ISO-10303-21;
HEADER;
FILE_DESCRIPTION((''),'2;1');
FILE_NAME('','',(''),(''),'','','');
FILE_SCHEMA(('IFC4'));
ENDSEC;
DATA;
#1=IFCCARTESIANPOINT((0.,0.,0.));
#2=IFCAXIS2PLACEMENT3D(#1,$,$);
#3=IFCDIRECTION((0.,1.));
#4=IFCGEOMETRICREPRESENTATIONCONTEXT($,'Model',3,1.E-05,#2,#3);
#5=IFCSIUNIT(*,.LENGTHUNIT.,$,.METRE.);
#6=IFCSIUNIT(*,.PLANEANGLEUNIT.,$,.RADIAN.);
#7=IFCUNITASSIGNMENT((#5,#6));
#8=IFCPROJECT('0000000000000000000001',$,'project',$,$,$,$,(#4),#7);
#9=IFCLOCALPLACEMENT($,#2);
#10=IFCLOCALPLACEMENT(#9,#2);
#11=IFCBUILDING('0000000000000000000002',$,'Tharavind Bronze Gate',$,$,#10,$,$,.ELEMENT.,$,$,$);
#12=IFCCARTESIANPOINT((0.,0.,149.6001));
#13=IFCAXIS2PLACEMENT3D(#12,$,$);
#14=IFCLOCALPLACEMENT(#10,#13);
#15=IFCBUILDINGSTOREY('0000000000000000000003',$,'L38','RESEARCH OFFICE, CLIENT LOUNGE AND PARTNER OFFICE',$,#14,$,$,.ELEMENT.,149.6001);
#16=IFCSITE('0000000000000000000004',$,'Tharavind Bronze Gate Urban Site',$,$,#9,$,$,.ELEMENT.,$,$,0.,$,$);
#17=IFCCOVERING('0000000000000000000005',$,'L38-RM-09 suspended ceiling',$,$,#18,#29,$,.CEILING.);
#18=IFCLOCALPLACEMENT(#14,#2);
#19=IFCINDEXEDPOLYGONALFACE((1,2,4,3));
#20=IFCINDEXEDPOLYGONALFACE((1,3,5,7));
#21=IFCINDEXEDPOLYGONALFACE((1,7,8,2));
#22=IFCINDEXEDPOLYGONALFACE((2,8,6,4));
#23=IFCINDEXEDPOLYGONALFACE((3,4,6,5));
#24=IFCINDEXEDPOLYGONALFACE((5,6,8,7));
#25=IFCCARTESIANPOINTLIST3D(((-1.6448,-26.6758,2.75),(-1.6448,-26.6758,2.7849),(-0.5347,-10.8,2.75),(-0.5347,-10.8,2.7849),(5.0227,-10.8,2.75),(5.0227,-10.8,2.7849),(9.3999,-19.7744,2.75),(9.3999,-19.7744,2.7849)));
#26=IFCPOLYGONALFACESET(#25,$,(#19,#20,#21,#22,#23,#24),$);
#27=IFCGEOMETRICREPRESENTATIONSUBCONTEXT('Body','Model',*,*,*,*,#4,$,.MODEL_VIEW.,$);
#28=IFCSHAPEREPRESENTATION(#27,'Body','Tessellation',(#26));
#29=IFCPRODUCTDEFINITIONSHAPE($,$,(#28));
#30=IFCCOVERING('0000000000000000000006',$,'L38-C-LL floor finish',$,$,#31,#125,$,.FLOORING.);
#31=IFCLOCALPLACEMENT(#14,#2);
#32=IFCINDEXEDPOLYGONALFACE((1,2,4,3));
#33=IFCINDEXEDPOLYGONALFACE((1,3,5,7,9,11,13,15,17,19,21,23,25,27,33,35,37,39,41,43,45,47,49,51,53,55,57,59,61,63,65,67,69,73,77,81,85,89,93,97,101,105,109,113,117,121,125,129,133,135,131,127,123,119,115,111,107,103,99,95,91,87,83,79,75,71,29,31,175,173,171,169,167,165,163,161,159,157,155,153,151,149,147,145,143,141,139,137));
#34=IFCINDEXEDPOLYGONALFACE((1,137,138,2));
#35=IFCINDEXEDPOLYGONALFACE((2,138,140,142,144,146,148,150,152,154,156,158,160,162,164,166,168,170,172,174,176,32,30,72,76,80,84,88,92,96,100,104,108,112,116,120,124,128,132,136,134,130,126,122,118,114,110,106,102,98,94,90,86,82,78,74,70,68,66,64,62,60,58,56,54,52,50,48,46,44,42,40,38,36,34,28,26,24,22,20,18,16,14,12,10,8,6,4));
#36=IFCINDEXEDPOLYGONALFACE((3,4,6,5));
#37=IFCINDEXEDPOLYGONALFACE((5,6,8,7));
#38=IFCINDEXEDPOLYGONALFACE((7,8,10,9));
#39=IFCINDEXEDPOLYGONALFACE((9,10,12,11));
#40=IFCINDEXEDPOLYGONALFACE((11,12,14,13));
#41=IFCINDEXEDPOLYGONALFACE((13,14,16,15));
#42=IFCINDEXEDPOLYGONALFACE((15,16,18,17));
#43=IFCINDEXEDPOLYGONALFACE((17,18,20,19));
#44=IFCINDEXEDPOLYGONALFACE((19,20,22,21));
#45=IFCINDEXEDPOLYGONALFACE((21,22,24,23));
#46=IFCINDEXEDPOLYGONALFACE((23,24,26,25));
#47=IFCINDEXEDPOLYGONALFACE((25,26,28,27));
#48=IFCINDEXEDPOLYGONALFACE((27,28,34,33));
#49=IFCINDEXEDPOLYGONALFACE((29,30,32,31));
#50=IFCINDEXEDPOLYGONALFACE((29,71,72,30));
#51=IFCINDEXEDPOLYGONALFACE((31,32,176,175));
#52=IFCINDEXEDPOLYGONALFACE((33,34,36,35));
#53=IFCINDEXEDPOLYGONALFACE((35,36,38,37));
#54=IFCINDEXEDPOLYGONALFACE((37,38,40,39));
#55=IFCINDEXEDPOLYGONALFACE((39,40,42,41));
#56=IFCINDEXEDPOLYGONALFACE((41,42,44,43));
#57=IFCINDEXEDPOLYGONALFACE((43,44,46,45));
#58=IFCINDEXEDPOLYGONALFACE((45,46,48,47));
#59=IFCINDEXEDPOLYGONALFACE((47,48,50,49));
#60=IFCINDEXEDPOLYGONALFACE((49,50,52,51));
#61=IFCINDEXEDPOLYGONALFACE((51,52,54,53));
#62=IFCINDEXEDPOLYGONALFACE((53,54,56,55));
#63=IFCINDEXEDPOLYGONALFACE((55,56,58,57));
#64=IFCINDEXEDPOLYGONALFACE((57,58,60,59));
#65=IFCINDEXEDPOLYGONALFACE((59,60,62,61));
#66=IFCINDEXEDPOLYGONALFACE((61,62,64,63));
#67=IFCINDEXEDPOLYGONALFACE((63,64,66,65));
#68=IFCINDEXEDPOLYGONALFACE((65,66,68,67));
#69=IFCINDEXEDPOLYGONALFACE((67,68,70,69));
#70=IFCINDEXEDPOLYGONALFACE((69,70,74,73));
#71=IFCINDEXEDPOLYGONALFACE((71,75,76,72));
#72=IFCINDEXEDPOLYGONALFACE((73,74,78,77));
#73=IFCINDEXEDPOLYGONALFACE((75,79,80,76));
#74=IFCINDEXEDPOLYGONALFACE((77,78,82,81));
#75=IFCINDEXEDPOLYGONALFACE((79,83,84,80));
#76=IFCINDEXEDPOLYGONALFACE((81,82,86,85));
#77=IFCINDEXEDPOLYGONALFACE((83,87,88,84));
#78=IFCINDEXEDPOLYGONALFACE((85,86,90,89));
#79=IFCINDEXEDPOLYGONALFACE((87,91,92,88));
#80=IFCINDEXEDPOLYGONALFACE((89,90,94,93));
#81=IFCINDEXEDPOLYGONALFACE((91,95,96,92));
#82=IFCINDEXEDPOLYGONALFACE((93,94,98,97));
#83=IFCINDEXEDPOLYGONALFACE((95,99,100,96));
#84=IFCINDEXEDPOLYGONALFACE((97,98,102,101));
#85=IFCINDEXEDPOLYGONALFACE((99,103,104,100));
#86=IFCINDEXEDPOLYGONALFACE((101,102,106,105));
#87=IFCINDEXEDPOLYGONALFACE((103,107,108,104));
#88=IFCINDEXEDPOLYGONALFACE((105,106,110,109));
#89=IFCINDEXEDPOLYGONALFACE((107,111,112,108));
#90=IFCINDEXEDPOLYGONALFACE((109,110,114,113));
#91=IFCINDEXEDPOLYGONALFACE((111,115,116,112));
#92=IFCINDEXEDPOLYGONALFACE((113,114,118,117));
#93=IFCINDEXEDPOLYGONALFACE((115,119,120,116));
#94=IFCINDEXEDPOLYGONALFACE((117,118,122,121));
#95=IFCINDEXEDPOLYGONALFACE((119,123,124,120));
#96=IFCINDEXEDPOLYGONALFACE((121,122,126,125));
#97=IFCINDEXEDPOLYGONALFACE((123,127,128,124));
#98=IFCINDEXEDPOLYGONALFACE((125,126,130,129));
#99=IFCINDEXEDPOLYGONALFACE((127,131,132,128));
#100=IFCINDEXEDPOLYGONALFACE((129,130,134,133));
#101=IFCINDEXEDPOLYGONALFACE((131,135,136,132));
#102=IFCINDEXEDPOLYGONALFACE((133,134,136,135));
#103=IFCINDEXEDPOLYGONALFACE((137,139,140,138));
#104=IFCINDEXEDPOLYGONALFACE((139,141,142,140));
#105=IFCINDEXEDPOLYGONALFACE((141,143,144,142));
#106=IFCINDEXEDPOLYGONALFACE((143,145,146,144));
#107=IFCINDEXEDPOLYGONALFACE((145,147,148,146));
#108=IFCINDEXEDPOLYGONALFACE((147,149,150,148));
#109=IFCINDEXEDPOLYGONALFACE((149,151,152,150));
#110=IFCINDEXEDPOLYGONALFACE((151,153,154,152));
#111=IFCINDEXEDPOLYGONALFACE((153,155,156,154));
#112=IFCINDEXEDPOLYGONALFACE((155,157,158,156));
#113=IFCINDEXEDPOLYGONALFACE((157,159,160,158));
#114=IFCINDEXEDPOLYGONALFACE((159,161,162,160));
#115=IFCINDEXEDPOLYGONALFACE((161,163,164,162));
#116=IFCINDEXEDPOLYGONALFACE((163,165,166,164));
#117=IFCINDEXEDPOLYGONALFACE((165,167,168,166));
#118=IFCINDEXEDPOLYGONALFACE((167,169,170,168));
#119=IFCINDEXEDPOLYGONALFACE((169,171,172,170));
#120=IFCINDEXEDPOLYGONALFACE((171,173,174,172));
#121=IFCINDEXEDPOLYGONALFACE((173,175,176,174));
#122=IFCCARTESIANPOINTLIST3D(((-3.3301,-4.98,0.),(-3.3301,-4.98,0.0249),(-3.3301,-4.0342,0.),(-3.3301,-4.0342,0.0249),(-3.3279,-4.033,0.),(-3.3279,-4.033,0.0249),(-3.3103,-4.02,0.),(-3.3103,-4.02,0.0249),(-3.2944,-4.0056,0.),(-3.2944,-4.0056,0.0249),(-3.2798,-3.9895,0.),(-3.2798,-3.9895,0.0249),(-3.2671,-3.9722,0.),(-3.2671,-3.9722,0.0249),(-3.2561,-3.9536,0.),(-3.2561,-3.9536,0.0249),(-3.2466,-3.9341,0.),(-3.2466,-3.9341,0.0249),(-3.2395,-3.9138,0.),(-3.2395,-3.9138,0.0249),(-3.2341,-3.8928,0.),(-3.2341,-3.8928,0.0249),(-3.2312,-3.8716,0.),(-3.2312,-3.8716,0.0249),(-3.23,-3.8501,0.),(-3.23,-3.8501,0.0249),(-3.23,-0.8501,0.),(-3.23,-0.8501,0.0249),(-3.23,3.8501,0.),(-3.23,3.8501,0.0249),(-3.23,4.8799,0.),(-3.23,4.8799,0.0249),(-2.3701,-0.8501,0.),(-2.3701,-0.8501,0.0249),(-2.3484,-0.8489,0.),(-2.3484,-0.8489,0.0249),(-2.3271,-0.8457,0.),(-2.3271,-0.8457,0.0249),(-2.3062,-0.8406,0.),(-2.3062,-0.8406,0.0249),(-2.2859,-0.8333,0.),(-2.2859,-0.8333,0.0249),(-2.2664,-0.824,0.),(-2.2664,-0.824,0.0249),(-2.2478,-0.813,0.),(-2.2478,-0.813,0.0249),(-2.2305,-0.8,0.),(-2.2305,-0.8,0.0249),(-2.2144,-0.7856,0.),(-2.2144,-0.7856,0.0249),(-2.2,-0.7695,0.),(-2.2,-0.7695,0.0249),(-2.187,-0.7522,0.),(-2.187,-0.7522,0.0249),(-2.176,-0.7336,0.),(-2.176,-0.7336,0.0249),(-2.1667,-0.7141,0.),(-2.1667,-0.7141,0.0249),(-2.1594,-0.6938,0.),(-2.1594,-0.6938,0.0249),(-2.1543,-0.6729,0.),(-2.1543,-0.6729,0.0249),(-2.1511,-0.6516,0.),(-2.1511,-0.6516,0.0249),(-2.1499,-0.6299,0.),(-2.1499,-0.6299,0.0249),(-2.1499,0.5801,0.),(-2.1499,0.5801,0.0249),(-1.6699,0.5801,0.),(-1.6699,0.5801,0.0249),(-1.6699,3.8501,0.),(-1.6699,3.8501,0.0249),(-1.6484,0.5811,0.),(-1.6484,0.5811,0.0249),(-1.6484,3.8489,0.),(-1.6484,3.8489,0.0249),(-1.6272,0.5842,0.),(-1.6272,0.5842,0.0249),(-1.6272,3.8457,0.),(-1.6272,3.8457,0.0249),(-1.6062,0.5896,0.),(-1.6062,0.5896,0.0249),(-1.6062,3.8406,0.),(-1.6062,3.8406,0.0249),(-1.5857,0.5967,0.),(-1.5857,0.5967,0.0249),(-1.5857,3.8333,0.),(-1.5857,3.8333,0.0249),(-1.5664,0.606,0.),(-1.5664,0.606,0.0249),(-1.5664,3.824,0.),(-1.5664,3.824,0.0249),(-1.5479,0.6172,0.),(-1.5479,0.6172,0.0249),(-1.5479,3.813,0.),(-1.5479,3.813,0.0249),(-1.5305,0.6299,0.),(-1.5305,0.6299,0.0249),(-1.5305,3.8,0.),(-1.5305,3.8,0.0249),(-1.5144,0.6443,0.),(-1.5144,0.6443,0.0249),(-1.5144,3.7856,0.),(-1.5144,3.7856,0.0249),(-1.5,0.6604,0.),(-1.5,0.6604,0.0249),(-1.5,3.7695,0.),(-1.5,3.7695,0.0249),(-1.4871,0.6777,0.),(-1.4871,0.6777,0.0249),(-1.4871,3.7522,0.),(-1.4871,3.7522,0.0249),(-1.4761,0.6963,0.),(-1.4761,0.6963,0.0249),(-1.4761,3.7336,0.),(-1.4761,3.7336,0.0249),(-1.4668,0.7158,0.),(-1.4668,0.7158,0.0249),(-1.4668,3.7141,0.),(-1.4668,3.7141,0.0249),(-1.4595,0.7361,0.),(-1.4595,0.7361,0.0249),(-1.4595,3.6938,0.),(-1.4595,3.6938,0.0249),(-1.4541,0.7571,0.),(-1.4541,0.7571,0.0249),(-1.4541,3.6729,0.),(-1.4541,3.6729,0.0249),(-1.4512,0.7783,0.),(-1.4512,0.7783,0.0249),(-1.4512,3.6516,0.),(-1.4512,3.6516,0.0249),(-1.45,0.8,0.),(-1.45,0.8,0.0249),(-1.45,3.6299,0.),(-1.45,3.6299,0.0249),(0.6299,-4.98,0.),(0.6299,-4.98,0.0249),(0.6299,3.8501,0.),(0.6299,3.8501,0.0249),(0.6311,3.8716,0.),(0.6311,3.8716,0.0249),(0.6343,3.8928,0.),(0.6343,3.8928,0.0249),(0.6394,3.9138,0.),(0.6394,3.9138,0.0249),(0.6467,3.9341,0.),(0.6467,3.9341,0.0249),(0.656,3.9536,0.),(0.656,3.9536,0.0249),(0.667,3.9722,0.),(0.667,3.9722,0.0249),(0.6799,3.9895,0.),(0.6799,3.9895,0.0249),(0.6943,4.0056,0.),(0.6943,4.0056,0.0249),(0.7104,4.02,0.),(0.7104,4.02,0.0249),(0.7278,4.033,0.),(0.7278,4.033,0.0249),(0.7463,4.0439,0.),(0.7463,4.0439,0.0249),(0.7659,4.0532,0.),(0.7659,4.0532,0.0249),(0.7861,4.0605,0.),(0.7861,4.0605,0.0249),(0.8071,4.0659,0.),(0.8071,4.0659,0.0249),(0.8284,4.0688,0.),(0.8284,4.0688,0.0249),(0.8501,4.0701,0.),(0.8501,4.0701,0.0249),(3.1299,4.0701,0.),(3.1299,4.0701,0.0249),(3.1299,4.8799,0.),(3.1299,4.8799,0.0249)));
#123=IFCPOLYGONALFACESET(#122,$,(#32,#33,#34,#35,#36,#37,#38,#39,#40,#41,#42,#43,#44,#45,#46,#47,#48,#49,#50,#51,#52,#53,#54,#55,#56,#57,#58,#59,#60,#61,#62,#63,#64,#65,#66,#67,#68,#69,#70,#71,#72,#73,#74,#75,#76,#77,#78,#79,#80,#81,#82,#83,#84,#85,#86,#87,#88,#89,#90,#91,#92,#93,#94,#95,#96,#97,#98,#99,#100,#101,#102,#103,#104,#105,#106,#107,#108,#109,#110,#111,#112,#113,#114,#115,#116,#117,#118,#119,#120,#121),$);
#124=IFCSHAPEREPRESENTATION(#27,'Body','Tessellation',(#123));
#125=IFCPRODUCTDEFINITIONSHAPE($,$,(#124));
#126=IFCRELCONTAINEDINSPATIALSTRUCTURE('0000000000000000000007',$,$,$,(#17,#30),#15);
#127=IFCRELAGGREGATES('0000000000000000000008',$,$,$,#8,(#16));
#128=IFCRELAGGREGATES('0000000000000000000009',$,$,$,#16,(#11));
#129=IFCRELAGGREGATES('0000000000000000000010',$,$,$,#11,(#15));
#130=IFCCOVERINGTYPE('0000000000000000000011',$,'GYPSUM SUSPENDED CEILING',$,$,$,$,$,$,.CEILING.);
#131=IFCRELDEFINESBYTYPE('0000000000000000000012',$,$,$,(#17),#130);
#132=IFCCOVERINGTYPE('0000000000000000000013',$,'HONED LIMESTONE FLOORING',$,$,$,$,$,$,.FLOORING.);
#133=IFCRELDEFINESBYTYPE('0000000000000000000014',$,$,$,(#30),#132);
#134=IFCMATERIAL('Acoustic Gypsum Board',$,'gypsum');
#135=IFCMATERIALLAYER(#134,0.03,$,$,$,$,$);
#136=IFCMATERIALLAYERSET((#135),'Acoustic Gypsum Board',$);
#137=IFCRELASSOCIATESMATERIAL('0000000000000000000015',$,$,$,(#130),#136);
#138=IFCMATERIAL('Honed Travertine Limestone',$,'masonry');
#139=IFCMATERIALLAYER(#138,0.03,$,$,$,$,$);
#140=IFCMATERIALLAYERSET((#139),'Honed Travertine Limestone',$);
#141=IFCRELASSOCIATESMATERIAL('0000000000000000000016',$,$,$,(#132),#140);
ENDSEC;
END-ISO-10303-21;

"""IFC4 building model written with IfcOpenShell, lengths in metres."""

from ifc_helpers import new_model, si_unit, direction, frame, origin, place, context, subcontext, project, spatial, polyline, outline, extrude, material, layer, layer_set, type_object, element, save


model = new_model("IFC4")

# Units and contexts
model_context = context("Model", 3, precision=1e-05, world=origin(), true_north=direction((0.0, 1.0)))
body_context = subcontext(model_context, "Body", "Model", "MODEL_VIEW")
ifc_project = project(units=[si_unit("LENGTHUNIT", "METRE"), si_unit("PLANEANGLEUNIT", "RADIAN")], contexts=[model_context])

# Site, building, storey
site_placement = place(None, origin())
site = spatial("IfcSite", under=ifc_project, at=site_placement, Name="Tharavind Bronze Gate Urban Site", CompositionType="ELEMENT", RefElevation=0.0)
building_placement = place(site_placement, origin())
building = spatial("IfcBuilding", under=site, at=building_placement, Name="Tharavind Bronze Gate", CompositionType="ELEMENT")
storey_placement = place(building_placement, frame((0.0, 0.0, 149.6001)))
storey = spatial("IfcBuildingStorey", under=building, at=storey_placement, Name="L38", Description="RESEARCH OFFICE, CLIENT LOUNGE AND PARTNER OFFICE", CompositionType="ELEMENT", Elevation=149.6001)

# Coverings
ifc_material_1 = material(Name="Acoustic Gypsum Board", Category="gypsum")
ifc_layer_1 = layer(ifc_material_1, 0.03)
ifc_layer_set_1 = layer_set([ifc_layer_1], Name="Acoustic Gypsum Board")
covering_type_1 = type_object("IfcCoveringType", Name="GYPSUM SUSPENDED CEILING", PredefinedType="CEILING", material=ifc_layer_set_1)
covering_1_placement = place(storey_placement, frame((0.0, 0.0, 2.75)))
element("IfcCovering", 1, at=covering_1_placement, inside=storey, type_object=covering_type_1, Name="L38-RM-09 suspended ceiling", PredefinedType="CEILING", context=body_context, shape_type="SweptSolid", body=[
    extrude(outline(polyline([(9.3999, -19.7744), (5.0227, -10.8), (-0.5347, -10.8), (-1.6448, -26.6758), (9.3999, -19.7744)])), origin(), (0.0, 0.0, 1.0), 0.0349),
])
ifc_material_2 = material(Name="Honed Travertine Limestone", Category="masonry")
ifc_layer_2 = layer(ifc_material_2, 0.03)
ifc_layer_set_2 = layer_set([ifc_layer_2], Name="Honed Travertine Limestone")
covering_type_2 = type_object("IfcCoveringType", Name="HONED LIMESTONE FLOORING", PredefinedType="FLOORING", material=ifc_layer_set_2)
covering_2_placement = place(storey_placement, origin())
element("IfcCovering", 2, at=covering_2_placement, inside=storey, type_object=covering_type_2, Name="L38-C-LL floor finish", PredefinedType="FLOORING", context=body_context, shape_type="SweptSolid", body=[
    extrude(outline(polyline([(-3.3301, -4.98), (0.6299, -4.98), (0.6299, 3.8501), (0.6311, 3.8716), (0.6343, 3.8928), (0.6394, 3.9138), (0.6467, 3.9341), (0.656, 3.9536), (0.667, 3.9722), (0.6799, 3.9895), (0.6943, 4.0056), (0.7104, 4.02), (0.7278, 4.033), (0.7463, 4.0439), (0.7659, 4.0532), (0.7861, 4.0605), (0.8071, 4.0659), (0.8284, 4.0688), (0.8501, 4.0701), (3.1299, 4.0701), (3.1299, 4.8799), (-3.23, 4.8799), (-3.23, 3.8501), (-1.6699, 3.8501), (-1.6484, 3.8489), (-1.6272, 3.8457), (-1.6062, 3.8406), (-1.5857, 3.8333), (-1.5664, 3.824), (-1.5479, 3.813), (-1.5305, 3.8), (-1.5144, 3.7856), (-1.5, 3.7695), (-1.4871, 3.7522), (-1.4761, 3.7336), (-1.4668, 3.7141), (-1.4595, 3.6938), (-1.4541, 3.6729), (-1.4512, 3.6516), (-1.45, 3.6299), (-1.45, 0.8), (-1.4512, 0.7783), (-1.4541, 0.7571), (-1.4595, 0.7361), (-1.4668, 0.7158), (-1.4761, 0.6963), (-1.4871, 0.6777), (-1.5, 0.6604), (-1.5144, 0.6443), (-1.5305, 0.6299), (-1.5479, 0.6172), (-1.5664, 0.606), (-1.5857, 0.5967), (-1.6062, 0.5896), (-1.6272, 0.5842), (-1.6484, 0.5811), (-1.6699, 0.5801), (-2.1499, 0.5801), (-2.1499, -0.6299), (-2.1511, -0.6516), (-2.1543, -0.6729), (-2.1594, -0.6938), (-2.1667, -0.7141), (-2.176, -0.7336), (-2.187, -0.7522), (-2.2, -0.7695), (-2.2144, -0.7856), (-2.2305, -0.8), (-2.2478, -0.813), (-2.2664, -0.824), (-2.2859, -0.8333), (-2.3062, -0.8406), (-2.3271, -0.8457), (-2.3484, -0.8489), (-2.3701, -0.8501), (-3.23, -0.8501), (-3.23, -3.8501), (-3.2312, -3.8716), (-3.2341, -3.8928), (-3.2395, -3.9138), (-3.2466, -3.9341), (-3.2561, -3.9536), (-3.2671, -3.9722), (-3.2798, -3.9895), (-3.2944, -4.0056), (-3.3103, -4.02), (-3.3279, -4.033), (-3.3301, -4.0342), (-3.3301, -4.98)])), origin(), (0.0, 0.0, 1.0), 0.0249),
])

save(model, "model.ifc")
